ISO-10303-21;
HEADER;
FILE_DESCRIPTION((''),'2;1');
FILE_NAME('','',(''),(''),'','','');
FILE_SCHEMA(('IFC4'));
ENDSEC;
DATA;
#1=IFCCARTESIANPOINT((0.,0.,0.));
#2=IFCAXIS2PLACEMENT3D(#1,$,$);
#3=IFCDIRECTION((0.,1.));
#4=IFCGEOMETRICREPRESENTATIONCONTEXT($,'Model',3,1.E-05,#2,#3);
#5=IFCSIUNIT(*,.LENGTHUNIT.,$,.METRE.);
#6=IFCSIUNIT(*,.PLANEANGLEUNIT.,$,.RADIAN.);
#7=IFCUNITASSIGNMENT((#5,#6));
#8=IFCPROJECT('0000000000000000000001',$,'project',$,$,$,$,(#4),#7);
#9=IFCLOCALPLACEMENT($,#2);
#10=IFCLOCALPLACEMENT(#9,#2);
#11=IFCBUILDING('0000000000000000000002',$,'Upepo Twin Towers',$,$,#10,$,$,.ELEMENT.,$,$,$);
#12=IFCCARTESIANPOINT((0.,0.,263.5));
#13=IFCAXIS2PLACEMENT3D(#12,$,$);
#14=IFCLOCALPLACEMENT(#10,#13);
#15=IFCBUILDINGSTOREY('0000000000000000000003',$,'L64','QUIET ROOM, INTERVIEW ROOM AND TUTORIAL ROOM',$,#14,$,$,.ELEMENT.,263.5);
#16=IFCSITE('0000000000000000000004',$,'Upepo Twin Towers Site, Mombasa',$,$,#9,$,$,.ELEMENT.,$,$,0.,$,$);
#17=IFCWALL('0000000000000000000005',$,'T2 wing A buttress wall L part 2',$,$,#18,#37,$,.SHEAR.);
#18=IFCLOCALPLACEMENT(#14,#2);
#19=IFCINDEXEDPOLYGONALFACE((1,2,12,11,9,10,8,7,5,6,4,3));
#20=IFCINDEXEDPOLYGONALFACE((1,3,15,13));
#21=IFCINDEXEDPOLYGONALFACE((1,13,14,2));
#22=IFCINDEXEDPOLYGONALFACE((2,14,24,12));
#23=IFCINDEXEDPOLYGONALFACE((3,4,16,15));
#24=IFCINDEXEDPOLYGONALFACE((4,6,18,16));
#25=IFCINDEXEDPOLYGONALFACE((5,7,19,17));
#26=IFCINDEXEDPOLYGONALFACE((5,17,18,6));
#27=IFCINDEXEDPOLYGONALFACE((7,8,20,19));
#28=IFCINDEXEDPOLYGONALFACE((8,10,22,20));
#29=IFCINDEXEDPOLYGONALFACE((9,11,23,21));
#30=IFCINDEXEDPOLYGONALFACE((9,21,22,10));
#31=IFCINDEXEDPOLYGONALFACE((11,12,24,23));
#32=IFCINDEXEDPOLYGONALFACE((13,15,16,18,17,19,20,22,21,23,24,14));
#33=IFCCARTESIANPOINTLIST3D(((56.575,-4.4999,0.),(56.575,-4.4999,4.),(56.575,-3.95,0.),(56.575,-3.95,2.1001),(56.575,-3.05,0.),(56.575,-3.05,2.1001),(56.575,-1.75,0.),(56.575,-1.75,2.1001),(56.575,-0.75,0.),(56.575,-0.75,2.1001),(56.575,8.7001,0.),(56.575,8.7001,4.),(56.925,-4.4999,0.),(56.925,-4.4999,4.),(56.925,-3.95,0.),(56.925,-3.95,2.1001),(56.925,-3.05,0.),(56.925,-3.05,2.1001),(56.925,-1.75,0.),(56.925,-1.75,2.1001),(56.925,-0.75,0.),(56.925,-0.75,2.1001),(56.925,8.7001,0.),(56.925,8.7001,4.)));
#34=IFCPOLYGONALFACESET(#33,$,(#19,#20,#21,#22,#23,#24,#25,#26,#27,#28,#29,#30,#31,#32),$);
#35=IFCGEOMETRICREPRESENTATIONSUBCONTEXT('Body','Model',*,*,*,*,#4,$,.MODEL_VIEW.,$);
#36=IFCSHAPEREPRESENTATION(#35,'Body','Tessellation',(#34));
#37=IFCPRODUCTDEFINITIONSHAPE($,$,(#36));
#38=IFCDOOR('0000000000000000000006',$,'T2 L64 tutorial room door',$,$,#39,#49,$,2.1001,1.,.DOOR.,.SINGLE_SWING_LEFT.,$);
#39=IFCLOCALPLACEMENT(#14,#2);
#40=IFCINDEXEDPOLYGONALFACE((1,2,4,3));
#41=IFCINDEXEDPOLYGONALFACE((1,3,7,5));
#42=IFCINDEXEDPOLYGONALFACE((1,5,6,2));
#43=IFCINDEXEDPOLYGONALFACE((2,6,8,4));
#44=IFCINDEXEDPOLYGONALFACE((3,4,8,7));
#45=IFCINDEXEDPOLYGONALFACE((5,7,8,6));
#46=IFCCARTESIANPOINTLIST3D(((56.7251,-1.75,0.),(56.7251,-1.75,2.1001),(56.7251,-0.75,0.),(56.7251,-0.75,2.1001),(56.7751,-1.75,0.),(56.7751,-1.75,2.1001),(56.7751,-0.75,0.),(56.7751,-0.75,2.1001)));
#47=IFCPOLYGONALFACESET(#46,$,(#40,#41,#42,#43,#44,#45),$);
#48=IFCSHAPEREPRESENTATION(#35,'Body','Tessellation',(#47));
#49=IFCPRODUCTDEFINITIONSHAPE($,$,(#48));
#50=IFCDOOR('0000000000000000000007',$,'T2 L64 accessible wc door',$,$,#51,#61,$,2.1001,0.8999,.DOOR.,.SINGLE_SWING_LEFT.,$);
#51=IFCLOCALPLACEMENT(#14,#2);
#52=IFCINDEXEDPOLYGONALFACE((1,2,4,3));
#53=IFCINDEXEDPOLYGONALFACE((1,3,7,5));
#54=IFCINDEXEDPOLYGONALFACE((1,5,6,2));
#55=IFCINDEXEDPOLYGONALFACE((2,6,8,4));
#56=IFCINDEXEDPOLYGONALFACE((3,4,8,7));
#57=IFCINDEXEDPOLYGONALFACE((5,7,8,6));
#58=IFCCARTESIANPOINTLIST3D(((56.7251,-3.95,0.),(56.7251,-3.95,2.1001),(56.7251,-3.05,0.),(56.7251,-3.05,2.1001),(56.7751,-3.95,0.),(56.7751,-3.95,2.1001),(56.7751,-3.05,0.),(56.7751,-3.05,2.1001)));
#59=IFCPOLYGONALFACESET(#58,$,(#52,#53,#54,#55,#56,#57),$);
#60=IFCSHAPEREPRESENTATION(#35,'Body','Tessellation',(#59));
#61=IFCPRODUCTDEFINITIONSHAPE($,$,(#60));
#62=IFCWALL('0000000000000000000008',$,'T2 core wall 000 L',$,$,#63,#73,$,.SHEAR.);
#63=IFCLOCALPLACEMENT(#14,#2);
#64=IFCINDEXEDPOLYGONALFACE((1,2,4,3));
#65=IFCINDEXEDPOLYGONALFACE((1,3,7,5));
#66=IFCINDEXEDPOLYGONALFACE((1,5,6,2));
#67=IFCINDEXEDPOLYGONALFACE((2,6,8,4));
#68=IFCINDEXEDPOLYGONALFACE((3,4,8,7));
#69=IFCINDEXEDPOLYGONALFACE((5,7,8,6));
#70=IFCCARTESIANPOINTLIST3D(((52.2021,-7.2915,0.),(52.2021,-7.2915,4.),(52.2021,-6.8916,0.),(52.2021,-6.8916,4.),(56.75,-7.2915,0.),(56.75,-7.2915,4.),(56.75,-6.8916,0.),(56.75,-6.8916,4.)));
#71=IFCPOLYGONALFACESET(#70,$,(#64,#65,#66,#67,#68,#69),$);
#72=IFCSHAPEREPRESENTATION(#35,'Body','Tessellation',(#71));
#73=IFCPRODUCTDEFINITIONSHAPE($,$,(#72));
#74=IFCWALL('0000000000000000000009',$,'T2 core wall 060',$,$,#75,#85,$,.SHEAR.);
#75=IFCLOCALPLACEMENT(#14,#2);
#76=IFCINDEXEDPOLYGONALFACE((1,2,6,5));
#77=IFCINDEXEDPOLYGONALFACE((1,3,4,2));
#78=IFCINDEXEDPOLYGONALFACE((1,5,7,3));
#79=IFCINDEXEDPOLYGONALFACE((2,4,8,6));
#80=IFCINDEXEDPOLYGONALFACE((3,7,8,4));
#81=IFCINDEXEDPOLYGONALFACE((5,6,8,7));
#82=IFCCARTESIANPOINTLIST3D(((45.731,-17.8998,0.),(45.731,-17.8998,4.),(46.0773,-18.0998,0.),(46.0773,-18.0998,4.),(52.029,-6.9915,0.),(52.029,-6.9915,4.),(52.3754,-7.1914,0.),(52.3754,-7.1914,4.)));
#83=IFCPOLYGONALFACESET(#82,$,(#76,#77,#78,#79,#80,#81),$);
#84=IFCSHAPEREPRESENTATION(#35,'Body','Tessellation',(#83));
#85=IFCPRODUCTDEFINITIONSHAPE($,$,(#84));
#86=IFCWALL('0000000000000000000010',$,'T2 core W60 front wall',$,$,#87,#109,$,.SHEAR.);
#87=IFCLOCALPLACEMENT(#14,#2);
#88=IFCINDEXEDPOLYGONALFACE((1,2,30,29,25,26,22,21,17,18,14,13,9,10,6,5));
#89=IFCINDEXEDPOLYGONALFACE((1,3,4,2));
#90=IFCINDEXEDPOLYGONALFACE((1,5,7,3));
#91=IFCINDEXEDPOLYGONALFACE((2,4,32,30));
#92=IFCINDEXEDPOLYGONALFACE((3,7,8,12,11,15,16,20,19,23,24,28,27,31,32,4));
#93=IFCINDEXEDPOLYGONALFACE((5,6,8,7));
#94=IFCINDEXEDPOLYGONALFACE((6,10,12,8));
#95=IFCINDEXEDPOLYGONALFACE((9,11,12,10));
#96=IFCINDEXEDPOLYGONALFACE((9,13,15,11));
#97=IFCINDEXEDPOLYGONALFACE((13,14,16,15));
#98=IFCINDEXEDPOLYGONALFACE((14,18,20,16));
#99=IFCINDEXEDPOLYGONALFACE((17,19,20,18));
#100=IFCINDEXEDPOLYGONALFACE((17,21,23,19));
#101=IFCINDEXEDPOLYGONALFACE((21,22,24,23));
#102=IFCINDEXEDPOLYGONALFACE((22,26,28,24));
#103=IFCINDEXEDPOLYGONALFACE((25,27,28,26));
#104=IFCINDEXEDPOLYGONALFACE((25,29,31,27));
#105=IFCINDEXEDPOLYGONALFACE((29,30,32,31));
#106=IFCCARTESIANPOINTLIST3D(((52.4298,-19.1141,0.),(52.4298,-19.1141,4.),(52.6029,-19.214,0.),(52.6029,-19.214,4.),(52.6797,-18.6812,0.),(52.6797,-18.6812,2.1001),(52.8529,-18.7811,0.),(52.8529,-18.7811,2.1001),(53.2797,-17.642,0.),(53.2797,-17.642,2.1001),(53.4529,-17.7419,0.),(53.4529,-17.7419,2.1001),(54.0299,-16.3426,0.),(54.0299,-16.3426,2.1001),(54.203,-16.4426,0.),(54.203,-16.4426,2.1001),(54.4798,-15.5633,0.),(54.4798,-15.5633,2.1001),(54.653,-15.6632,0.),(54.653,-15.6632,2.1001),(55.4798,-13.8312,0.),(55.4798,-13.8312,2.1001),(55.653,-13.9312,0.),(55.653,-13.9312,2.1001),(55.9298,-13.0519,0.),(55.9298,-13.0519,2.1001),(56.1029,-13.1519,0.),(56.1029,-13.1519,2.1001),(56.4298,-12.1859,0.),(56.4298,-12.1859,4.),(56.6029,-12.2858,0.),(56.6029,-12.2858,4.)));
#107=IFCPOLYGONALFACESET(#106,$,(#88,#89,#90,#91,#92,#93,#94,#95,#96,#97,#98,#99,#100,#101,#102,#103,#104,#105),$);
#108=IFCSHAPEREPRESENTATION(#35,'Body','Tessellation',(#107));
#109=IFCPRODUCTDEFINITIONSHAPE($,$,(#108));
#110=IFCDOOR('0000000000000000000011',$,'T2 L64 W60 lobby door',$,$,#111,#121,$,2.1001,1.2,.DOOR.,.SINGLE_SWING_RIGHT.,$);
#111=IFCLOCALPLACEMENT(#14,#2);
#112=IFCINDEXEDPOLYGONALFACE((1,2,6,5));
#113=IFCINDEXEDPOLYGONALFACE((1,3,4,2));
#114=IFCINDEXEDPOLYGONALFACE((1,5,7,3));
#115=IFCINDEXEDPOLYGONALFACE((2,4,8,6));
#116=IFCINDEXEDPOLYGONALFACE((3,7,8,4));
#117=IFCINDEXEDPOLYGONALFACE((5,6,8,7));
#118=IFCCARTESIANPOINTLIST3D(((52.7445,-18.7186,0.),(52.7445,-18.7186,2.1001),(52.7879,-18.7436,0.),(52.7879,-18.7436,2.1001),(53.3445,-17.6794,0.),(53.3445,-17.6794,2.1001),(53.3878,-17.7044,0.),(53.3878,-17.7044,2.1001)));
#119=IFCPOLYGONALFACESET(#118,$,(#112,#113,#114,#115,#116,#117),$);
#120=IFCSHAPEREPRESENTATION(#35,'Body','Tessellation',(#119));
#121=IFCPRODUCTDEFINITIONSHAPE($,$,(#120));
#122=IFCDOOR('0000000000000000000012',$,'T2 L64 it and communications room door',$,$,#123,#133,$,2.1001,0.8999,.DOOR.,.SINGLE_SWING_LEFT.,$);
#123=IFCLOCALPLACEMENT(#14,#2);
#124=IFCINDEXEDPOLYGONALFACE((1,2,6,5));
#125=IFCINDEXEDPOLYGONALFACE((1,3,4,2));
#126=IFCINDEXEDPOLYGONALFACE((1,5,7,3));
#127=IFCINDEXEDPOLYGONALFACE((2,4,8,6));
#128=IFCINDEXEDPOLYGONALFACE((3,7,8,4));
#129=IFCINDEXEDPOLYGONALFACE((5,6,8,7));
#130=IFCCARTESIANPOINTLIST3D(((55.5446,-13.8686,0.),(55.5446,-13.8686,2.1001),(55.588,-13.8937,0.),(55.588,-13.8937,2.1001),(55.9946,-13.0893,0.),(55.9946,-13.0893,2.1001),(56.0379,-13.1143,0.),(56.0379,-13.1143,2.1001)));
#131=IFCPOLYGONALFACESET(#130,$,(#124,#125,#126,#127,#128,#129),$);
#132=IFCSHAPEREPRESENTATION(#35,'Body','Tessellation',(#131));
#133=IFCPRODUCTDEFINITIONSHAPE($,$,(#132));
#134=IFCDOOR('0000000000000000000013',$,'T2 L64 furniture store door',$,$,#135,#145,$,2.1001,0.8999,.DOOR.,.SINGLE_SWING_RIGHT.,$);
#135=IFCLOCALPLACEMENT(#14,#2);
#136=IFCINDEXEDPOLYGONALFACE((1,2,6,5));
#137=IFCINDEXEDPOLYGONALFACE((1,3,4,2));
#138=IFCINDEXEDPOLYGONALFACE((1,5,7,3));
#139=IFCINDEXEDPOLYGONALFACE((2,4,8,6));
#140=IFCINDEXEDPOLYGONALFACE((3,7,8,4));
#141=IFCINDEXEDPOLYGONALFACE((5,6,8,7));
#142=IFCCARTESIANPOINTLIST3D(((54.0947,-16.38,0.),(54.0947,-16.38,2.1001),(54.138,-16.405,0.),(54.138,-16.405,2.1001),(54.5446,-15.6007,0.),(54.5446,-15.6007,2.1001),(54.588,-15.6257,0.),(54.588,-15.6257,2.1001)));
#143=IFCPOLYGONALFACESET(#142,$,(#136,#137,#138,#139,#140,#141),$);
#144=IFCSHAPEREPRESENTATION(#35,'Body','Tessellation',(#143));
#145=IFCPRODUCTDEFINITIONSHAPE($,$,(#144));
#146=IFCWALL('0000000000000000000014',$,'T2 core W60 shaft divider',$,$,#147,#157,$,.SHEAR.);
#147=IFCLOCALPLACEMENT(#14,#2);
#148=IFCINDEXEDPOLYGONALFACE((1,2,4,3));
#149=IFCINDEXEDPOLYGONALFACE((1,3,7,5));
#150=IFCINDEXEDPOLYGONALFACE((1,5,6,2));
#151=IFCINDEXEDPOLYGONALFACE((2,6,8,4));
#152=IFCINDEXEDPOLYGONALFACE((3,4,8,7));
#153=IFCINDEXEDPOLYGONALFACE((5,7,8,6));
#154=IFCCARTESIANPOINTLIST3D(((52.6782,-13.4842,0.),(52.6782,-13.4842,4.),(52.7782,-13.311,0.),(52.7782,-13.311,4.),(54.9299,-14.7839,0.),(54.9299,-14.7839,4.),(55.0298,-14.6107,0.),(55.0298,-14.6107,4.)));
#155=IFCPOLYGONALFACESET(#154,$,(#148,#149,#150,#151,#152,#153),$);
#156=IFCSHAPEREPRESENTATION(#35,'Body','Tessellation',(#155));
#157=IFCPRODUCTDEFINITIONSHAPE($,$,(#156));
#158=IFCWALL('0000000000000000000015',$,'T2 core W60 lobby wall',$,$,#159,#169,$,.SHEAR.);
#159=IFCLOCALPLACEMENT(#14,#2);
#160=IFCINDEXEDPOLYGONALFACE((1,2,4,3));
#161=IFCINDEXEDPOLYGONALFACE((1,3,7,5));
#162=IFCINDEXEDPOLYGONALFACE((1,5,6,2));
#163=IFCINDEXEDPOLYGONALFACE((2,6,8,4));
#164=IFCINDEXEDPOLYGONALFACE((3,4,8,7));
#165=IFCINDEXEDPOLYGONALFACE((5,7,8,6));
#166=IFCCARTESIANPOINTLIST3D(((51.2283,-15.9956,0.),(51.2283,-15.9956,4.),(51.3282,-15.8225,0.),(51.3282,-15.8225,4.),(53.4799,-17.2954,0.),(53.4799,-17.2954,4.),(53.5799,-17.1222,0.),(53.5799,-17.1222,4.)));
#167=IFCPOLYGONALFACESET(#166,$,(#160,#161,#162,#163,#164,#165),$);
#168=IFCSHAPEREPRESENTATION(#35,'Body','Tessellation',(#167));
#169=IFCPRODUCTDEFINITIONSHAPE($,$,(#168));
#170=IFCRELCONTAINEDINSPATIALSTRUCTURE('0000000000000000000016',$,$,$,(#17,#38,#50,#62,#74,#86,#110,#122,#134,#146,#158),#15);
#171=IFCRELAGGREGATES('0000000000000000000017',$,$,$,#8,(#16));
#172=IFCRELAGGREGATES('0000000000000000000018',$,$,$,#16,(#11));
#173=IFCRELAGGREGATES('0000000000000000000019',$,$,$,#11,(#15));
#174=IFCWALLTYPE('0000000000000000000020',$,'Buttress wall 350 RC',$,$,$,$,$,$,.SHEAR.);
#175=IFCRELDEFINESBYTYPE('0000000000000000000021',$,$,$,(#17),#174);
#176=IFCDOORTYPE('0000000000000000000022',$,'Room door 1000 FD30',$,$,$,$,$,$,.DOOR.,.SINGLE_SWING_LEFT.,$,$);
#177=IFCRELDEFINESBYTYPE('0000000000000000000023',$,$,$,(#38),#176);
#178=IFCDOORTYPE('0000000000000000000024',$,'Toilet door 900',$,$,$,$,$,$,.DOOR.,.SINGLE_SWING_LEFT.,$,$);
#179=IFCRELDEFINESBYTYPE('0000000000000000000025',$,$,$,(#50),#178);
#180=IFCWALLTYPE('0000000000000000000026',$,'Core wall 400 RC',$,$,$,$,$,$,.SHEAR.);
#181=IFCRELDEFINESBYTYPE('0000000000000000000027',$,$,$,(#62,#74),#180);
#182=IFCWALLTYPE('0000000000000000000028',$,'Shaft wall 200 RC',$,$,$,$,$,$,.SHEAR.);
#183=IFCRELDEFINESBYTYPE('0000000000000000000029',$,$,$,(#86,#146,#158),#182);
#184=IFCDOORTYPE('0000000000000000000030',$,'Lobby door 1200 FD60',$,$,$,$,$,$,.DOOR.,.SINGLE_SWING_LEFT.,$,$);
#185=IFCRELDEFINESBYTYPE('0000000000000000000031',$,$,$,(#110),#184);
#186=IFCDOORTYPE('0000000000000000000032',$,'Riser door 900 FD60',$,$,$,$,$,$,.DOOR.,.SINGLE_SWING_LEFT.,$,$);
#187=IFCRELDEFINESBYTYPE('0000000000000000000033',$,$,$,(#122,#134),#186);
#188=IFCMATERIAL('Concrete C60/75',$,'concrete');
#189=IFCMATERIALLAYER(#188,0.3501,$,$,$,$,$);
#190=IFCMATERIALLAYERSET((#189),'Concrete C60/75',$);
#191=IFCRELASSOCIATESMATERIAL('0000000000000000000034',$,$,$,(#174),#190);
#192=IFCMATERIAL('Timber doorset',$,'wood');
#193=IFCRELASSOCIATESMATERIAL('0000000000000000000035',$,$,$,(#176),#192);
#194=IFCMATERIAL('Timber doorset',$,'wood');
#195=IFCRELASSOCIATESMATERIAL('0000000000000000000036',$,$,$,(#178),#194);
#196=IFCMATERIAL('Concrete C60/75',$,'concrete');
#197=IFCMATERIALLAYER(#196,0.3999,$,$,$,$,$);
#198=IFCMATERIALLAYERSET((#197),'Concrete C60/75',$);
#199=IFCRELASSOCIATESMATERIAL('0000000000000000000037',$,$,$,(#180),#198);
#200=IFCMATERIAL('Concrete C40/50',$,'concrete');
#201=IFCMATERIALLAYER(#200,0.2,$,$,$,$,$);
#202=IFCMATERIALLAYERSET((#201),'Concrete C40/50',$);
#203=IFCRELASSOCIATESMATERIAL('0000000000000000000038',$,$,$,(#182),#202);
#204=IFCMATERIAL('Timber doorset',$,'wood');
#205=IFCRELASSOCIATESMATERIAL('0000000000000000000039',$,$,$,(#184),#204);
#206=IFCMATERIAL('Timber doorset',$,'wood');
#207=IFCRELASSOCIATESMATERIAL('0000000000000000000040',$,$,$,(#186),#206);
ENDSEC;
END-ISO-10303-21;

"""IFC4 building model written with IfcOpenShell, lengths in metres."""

from ifc_helpers import new_model, si_unit, direction, frame, frame_2d, origin, place, context, subcontext, project, spatial, rectangle, extrude, material, layer, layer_set, type_object, element, fill, save


model = new_model("IFC4")

# Units and contexts
model_context = context("Model", 3, precision=1e-05, world=origin(), true_north=direction((0.0, 1.0)))
body_context = subcontext(model_context, "Body", "Model", "MODEL_VIEW")
ifc_project = project(units=[si_unit("LENGTHUNIT", "METRE"), si_unit("PLANEANGLEUNIT", "RADIAN")], contexts=[model_context])

# Site, building, storey
site_placement = place(None, origin())
site = spatial("IfcSite", under=ifc_project, at=site_placement, Name="Upepo Twin Towers Site, Mombasa", CompositionType="ELEMENT", RefElevation=0.0)
building_placement = place(site_placement, origin())
building = spatial("IfcBuilding", under=site, at=building_placement, Name="Upepo Twin Towers", CompositionType="ELEMENT")
storey_placement = place(building_placement, frame((0.0, 0.0, 263.5)))
storey = spatial("IfcBuildingStorey", under=building, at=storey_placement, Name="L64", Description="QUIET ROOM, INTERVIEW ROOM AND TUTORIAL ROOM", CompositionType="ELEMENT", Elevation=263.5)

# Shared definitions
ifc_material_1 = material(Name="Concrete C60/75", Category="concrete")
ifc_layer_1 = layer(ifc_material_1, 0.3501)
ifc_layer_set_1 = layer_set([ifc_layer_1], Name="Concrete C60/75")
wall_type_1 = type_object("IfcWallType", Name="Buttress wall 350 RC", PredefinedType="SHEAR", material=ifc_layer_set_1)

# Wall, openings, doors
wall_1_placement = place(storey_placement, frame((56.75, -4.5, 0.0), z_axis=(0.0, 0.0, 1.0), x_axis=(0.0, 1.0, 0.0)))
wall_1 = element("IfcWall", 1, at=wall_1_placement, inside=storey, type_object=wall_type_1, Name="T2 wing A buttress wall L part 2", PredefinedType="SHEAR", context=body_context, shape_type="SweptSolid", body=[
    extrude(rectangle(XDim=13.2, YDim=0.3501, at=frame_2d((6.6001, 0.0))), origin(), (0.0, 0.0, 1.0), 4.0),
])
opening_1_placement = place(wall_1_placement, frame((0.55, 0.0, 0.0)))
opening_1 = element("IfcOpeningElement", 2, at=opening_1_placement, cuts=wall_1, PredefinedType="OPENING", context=body_context, shape_type="SweptSolid", body=[
    extrude(rectangle(XDim=0.8999, YDim=2.1001, at=frame_2d((0.45, 1.05))), frame((0.0, 0.1851, 0.0), z_axis=(0.0, -1.0, 0.0), x_axis=(1.0, 0.0, 0.0)), (0.0, 0.0, 1.0), 0.3701),
])
opening_2_placement = place(wall_1_placement, frame((2.75, 0.0, 0.0)))
opening_2 = element("IfcOpeningElement", 3, at=opening_2_placement, cuts=wall_1, PredefinedType="OPENING", context=body_context, shape_type="SweptSolid", body=[
    extrude(rectangle(XDim=1.0, YDim=2.1001, at=frame_2d((0.5, 1.05))), frame((0.0, 0.1851, 0.0), z_axis=(0.0, -1.0, 0.0), x_axis=(1.0, 0.0, 0.0)), (0.0, 0.0, 1.0), 0.3701),
])
ifc_material_2 = material(Name="Timber doorset", Category="wood")
door_type_1 = type_object("IfcDoorType", Name="Room door 1000 FD30", OperationType="SINGLE_SWING_LEFT", PredefinedType="DOOR", material=ifc_material_2)
door_1_placement = place(opening_2_placement, origin())
door_1 = element("IfcDoor", 4, at=door_1_placement, inside=storey, type_object=door_type_1, Name="T2 L64 tutorial room door", OperationType="SINGLE_SWING_LEFT", OverallHeight=2.1001, OverallWidth=1.0, PredefinedType="DOOR", context=body_context, shape_type="SweptSolid", body=[
    extrude(rectangle(XDim=1.0, YDim=2.1001, at=frame_2d((0.5, 1.05))), frame((0.0, 0.0249, 0.0), z_axis=(0.0, -1.0, 0.0), x_axis=(1.0, 0.0, 0.0)), (0.0, 0.0, 1.0), 0.05),
])
fill(opening_2, door_1)
ifc_material_3 = material(Name="Timber doorset", Category="wood")
door_type_2 = type_object("IfcDoorType", Name="Toilet door 900", OperationType="SINGLE_SWING_LEFT", PredefinedType="DOOR", material=ifc_material_3)
door_2_placement = place(opening_1_placement, origin())
door_2 = element("IfcDoor", 5, at=door_2_placement, inside=storey, type_object=door_type_2, Name="T2 L64 accessible wc door", OperationType="SINGLE_SWING_LEFT", OverallHeight=2.1001, OverallWidth=0.8999, PredefinedType="DOOR", context=body_context, shape_type="SweptSolid", body=[
    extrude(rectangle(XDim=0.8999, YDim=2.1001, at=frame_2d((0.45, 1.05))), frame((0.0, 0.0249, 0.0), z_axis=(0.0, -1.0, 0.0), x_axis=(1.0, 0.0, 0.0)), (0.0, 0.0, 1.0), 0.05),
])
fill(opening_1, door_2)

# Walls
ifc_material_4 = material(Name="Concrete C60/75", Category="concrete")
ifc_layer_2 = layer(ifc_material_4, 0.3999)
ifc_layer_set_2 = layer_set([ifc_layer_2], Name="Concrete C60/75")
wall_type_2 = type_object("IfcWallType", Name="Core wall 400 RC", PredefinedType="SHEAR", material=ifc_layer_set_2)
wall_2_placement = place(storey_placement, frame((56.75, -7.0916, 0.0), z_axis=(0.0, 0.0, 1.0), x_axis=(-1.0, 0.0, 0.0)))
element("IfcWall", 6, at=wall_2_placement, inside=storey, type_object=wall_type_2, Name="T2 core wall 000 L", PredefinedType="SHEAR", context=body_context, shape_type="SweptSolid", body=[
    extrude(rectangle(XDim=4.5479, YDim=0.3999, at=frame_2d((2.2739, 0.0))), origin(), (0.0, 0.0, 1.0), 4.0),
])
wall_3_placement = place(storey_placement, frame((52.2021, -7.0916, 0.0), z_axis=(0.0, 0.0, 1.0), x_axis=(-0.500006, -0.866022, 0.0)))
element("IfcWall", 7, at=wall_3_placement, inside=storey, type_object=wall_type_2, Name="T2 core wall 060", PredefinedType="SHEAR", context=body_context, shape_type="SweptSolid", body=[
    extrude(rectangle(XDim=12.5959, YDim=0.3999, at=frame_2d((6.2979, 0.0))), origin(), (0.0, 0.0, 1.0), 4.0),
])

# Wall, openings, doors
ifc_material_5 = material(Name="Concrete C40/50", Category="concrete")
ifc_layer_3 = layer(ifc_material_5, 0.2)
ifc_layer_set_3 = layer_set([ifc_layer_3], Name="Concrete C40/50")
wall_type_3 = type_object("IfcWallType", Name="Shaft wall 200 RC", PredefinedType="SHEAR", material=ifc_layer_set_3)
wall_4_placement = place(storey_placement, frame((56.5164, -12.2358, 0.0), z_axis=(0.0, 0.0, 1.0), x_axis=(-0.499999, -0.866026, 0.0)))
wall_4 = element("IfcWall", 8, at=wall_4_placement, inside=storey, type_object=wall_type_3, Name="T2 core W60 front wall", PredefinedType="SHEAR", context=body_context, shape_type="SweptSolid", body=[
    extrude(rectangle(XDim=8.0, YDim=0.2, at=frame_2d((4.0, 0.0))), origin(), (0.0, 0.0, 1.0), 4.0),
])
opening_3_placement = place(wall_4_placement, frame((6.3, 0.0, 0.0)))
opening_3 = element("IfcOpeningElement", 9, at=opening_3_placement, cuts=wall_4, PredefinedType="OPENING", context=body_context, shape_type="SweptSolid", body=[
    extrude(rectangle(XDim=1.2, YDim=2.1001, at=frame_2d((0.6001, 1.05))), frame((0.0, 0.1099, 0.0), z_axis=(0.0, -1.0, 0.0), x_axis=(1.0, 0.0, 0.0)), (0.0, 0.0, 1.0), 0.22),
])
opening_4_placement = place(wall_4_placement, frame((1.0, 0.0, 0.0)))
opening_4 = element("IfcOpeningElement", 10, at=opening_4_placement, cuts=wall_4, PredefinedType="OPENING", context=body_context, shape_type="SweptSolid", body=[
    extrude(rectangle(XDim=0.8999, YDim=2.1001, at=frame_2d((0.45, 1.05))), frame((0.0, 0.1099, 0.0), z_axis=(0.0, -1.0, 0.0), x_axis=(1.0, 0.0, 0.0)), (0.0, 0.0, 1.0), 0.22),
])
opening_5_placement = place(wall_4_placement, frame((3.8999, 0.0, 0.0)))
opening_5 = element("IfcOpeningElement", 11, at=opening_5_placement, cuts=wall_4, PredefinedType="OPENING", context=body_context, shape_type="SweptSolid", body=[
    extrude(rectangle(XDim=0.8999, YDim=2.1001, at=frame_2d((0.45, 1.05))), frame((0.0, 0.1099, 0.0), z_axis=(0.0, -1.0, 0.0), x_axis=(1.0, 0.0, 0.0)), (0.0, 0.0, 1.0), 0.22),
])
ifc_material_6 = material(Name="Timber doorset", Category="wood")
door_type_3 = type_object("IfcDoorType", Name="Lobby door 1200 FD60", OperationType="SINGLE_SWING_LEFT", PredefinedType="DOOR", material=ifc_material_6)
door_3_placement = place(opening_3_placement, origin())
door_3 = element("IfcDoor", 12, at=door_3_placement, inside=storey, type_object=door_type_3, Name="T2 L64 W60 lobby door", OperationType="SINGLE_SWING_RIGHT", OverallHeight=2.1001, OverallWidth=1.2, PredefinedType="DOOR", context=body_context, shape_type="SweptSolid", body=[
    extrude(rectangle(XDim=1.2, YDim=2.1001, at=frame_2d((0.6001, 1.05))), frame((0.0, 0.0249, 0.0), z_axis=(0.0, -1.0, 0.0), x_axis=(1.0, 0.0, 0.0)), (0.0, 0.0, 1.0), 0.05),
])
fill(opening_3, door_3)
ifc_material_7 = material(Name="Timber doorset", Category="wood")
door_type_4 = type_object("IfcDoorType", Name="Riser door 900 FD60", OperationType="SINGLE_SWING_LEFT", PredefinedType="DOOR", material=ifc_material_7)
door_4_placement = place(opening_4_placement, origin())
door_4 = element("IfcDoor", 13, at=door_4_placement, inside=storey, type_object=door_type_4, Name="T2 L64 it and communications room door", OperationType="SINGLE_SWING_LEFT", OverallHeight=2.1001, OverallWidth=0.8999, PredefinedType="DOOR", context=body_context, shape_type="SweptSolid", body=[
    extrude(rectangle(XDim=0.8999, YDim=2.1001, at=frame_2d((0.45, 1.05))), frame((0.0, 0.0249, 0.0), z_axis=(0.0, -1.0, 0.0), x_axis=(1.0, 0.0, 0.0)), (0.0, 0.0, 1.0), 0.05),
])
fill(opening_4, door_4)
door_5_placement = place(opening_5_placement, origin())
door_5 = element("IfcDoor", 14, at=door_5_placement, inside=storey, type_object=door_type_4, Name="T2 L64 furniture store door", OperationType="SINGLE_SWING_RIGHT", OverallHeight=2.1001, OverallWidth=0.8999, PredefinedType="DOOR", context=body_context, shape_type="SweptSolid", body=[
    extrude(rectangle(XDim=0.8999, YDim=2.1001, at=frame_2d((0.45, 1.05))), frame((0.0, 0.0249, 0.0), z_axis=(0.0, -1.0, 0.0), x_axis=(1.0, 0.0, 0.0)), (0.0, 0.0, 1.0), 0.05),
])
fill(opening_5, door_5)

# Walls
for number, where, z_axis, x_axis, name in (
    (15, (54.9797, -14.6973, 0.0), (0.0, 0.0, 1.0), (-0.866062, 0.499937, 0.0), "T2 core W60 shaft divider"),
    (16, (53.5298, -17.2087, 0.0), (0.0, 0.0, 1.0), (-0.866062, 0.499937, 0.0), "T2 core W60 lobby wall"),
):
    element("IfcWall", number, at=place(storey_placement, frame(where, z_axis=z_axis, x_axis=x_axis)), inside=storey, type_object=wall_type_3, Name=name, PredefinedType="SHEAR", context=body_context, shape_type="SweptSolid", body=[
        extrude(rectangle(XDim=2.5999, YDim=0.2, at=frame_2d((1.2998, 0.0))), origin(), (0.0, 0.0, 1.0), 4.0),
    ])

save(model, "model.ifc")
